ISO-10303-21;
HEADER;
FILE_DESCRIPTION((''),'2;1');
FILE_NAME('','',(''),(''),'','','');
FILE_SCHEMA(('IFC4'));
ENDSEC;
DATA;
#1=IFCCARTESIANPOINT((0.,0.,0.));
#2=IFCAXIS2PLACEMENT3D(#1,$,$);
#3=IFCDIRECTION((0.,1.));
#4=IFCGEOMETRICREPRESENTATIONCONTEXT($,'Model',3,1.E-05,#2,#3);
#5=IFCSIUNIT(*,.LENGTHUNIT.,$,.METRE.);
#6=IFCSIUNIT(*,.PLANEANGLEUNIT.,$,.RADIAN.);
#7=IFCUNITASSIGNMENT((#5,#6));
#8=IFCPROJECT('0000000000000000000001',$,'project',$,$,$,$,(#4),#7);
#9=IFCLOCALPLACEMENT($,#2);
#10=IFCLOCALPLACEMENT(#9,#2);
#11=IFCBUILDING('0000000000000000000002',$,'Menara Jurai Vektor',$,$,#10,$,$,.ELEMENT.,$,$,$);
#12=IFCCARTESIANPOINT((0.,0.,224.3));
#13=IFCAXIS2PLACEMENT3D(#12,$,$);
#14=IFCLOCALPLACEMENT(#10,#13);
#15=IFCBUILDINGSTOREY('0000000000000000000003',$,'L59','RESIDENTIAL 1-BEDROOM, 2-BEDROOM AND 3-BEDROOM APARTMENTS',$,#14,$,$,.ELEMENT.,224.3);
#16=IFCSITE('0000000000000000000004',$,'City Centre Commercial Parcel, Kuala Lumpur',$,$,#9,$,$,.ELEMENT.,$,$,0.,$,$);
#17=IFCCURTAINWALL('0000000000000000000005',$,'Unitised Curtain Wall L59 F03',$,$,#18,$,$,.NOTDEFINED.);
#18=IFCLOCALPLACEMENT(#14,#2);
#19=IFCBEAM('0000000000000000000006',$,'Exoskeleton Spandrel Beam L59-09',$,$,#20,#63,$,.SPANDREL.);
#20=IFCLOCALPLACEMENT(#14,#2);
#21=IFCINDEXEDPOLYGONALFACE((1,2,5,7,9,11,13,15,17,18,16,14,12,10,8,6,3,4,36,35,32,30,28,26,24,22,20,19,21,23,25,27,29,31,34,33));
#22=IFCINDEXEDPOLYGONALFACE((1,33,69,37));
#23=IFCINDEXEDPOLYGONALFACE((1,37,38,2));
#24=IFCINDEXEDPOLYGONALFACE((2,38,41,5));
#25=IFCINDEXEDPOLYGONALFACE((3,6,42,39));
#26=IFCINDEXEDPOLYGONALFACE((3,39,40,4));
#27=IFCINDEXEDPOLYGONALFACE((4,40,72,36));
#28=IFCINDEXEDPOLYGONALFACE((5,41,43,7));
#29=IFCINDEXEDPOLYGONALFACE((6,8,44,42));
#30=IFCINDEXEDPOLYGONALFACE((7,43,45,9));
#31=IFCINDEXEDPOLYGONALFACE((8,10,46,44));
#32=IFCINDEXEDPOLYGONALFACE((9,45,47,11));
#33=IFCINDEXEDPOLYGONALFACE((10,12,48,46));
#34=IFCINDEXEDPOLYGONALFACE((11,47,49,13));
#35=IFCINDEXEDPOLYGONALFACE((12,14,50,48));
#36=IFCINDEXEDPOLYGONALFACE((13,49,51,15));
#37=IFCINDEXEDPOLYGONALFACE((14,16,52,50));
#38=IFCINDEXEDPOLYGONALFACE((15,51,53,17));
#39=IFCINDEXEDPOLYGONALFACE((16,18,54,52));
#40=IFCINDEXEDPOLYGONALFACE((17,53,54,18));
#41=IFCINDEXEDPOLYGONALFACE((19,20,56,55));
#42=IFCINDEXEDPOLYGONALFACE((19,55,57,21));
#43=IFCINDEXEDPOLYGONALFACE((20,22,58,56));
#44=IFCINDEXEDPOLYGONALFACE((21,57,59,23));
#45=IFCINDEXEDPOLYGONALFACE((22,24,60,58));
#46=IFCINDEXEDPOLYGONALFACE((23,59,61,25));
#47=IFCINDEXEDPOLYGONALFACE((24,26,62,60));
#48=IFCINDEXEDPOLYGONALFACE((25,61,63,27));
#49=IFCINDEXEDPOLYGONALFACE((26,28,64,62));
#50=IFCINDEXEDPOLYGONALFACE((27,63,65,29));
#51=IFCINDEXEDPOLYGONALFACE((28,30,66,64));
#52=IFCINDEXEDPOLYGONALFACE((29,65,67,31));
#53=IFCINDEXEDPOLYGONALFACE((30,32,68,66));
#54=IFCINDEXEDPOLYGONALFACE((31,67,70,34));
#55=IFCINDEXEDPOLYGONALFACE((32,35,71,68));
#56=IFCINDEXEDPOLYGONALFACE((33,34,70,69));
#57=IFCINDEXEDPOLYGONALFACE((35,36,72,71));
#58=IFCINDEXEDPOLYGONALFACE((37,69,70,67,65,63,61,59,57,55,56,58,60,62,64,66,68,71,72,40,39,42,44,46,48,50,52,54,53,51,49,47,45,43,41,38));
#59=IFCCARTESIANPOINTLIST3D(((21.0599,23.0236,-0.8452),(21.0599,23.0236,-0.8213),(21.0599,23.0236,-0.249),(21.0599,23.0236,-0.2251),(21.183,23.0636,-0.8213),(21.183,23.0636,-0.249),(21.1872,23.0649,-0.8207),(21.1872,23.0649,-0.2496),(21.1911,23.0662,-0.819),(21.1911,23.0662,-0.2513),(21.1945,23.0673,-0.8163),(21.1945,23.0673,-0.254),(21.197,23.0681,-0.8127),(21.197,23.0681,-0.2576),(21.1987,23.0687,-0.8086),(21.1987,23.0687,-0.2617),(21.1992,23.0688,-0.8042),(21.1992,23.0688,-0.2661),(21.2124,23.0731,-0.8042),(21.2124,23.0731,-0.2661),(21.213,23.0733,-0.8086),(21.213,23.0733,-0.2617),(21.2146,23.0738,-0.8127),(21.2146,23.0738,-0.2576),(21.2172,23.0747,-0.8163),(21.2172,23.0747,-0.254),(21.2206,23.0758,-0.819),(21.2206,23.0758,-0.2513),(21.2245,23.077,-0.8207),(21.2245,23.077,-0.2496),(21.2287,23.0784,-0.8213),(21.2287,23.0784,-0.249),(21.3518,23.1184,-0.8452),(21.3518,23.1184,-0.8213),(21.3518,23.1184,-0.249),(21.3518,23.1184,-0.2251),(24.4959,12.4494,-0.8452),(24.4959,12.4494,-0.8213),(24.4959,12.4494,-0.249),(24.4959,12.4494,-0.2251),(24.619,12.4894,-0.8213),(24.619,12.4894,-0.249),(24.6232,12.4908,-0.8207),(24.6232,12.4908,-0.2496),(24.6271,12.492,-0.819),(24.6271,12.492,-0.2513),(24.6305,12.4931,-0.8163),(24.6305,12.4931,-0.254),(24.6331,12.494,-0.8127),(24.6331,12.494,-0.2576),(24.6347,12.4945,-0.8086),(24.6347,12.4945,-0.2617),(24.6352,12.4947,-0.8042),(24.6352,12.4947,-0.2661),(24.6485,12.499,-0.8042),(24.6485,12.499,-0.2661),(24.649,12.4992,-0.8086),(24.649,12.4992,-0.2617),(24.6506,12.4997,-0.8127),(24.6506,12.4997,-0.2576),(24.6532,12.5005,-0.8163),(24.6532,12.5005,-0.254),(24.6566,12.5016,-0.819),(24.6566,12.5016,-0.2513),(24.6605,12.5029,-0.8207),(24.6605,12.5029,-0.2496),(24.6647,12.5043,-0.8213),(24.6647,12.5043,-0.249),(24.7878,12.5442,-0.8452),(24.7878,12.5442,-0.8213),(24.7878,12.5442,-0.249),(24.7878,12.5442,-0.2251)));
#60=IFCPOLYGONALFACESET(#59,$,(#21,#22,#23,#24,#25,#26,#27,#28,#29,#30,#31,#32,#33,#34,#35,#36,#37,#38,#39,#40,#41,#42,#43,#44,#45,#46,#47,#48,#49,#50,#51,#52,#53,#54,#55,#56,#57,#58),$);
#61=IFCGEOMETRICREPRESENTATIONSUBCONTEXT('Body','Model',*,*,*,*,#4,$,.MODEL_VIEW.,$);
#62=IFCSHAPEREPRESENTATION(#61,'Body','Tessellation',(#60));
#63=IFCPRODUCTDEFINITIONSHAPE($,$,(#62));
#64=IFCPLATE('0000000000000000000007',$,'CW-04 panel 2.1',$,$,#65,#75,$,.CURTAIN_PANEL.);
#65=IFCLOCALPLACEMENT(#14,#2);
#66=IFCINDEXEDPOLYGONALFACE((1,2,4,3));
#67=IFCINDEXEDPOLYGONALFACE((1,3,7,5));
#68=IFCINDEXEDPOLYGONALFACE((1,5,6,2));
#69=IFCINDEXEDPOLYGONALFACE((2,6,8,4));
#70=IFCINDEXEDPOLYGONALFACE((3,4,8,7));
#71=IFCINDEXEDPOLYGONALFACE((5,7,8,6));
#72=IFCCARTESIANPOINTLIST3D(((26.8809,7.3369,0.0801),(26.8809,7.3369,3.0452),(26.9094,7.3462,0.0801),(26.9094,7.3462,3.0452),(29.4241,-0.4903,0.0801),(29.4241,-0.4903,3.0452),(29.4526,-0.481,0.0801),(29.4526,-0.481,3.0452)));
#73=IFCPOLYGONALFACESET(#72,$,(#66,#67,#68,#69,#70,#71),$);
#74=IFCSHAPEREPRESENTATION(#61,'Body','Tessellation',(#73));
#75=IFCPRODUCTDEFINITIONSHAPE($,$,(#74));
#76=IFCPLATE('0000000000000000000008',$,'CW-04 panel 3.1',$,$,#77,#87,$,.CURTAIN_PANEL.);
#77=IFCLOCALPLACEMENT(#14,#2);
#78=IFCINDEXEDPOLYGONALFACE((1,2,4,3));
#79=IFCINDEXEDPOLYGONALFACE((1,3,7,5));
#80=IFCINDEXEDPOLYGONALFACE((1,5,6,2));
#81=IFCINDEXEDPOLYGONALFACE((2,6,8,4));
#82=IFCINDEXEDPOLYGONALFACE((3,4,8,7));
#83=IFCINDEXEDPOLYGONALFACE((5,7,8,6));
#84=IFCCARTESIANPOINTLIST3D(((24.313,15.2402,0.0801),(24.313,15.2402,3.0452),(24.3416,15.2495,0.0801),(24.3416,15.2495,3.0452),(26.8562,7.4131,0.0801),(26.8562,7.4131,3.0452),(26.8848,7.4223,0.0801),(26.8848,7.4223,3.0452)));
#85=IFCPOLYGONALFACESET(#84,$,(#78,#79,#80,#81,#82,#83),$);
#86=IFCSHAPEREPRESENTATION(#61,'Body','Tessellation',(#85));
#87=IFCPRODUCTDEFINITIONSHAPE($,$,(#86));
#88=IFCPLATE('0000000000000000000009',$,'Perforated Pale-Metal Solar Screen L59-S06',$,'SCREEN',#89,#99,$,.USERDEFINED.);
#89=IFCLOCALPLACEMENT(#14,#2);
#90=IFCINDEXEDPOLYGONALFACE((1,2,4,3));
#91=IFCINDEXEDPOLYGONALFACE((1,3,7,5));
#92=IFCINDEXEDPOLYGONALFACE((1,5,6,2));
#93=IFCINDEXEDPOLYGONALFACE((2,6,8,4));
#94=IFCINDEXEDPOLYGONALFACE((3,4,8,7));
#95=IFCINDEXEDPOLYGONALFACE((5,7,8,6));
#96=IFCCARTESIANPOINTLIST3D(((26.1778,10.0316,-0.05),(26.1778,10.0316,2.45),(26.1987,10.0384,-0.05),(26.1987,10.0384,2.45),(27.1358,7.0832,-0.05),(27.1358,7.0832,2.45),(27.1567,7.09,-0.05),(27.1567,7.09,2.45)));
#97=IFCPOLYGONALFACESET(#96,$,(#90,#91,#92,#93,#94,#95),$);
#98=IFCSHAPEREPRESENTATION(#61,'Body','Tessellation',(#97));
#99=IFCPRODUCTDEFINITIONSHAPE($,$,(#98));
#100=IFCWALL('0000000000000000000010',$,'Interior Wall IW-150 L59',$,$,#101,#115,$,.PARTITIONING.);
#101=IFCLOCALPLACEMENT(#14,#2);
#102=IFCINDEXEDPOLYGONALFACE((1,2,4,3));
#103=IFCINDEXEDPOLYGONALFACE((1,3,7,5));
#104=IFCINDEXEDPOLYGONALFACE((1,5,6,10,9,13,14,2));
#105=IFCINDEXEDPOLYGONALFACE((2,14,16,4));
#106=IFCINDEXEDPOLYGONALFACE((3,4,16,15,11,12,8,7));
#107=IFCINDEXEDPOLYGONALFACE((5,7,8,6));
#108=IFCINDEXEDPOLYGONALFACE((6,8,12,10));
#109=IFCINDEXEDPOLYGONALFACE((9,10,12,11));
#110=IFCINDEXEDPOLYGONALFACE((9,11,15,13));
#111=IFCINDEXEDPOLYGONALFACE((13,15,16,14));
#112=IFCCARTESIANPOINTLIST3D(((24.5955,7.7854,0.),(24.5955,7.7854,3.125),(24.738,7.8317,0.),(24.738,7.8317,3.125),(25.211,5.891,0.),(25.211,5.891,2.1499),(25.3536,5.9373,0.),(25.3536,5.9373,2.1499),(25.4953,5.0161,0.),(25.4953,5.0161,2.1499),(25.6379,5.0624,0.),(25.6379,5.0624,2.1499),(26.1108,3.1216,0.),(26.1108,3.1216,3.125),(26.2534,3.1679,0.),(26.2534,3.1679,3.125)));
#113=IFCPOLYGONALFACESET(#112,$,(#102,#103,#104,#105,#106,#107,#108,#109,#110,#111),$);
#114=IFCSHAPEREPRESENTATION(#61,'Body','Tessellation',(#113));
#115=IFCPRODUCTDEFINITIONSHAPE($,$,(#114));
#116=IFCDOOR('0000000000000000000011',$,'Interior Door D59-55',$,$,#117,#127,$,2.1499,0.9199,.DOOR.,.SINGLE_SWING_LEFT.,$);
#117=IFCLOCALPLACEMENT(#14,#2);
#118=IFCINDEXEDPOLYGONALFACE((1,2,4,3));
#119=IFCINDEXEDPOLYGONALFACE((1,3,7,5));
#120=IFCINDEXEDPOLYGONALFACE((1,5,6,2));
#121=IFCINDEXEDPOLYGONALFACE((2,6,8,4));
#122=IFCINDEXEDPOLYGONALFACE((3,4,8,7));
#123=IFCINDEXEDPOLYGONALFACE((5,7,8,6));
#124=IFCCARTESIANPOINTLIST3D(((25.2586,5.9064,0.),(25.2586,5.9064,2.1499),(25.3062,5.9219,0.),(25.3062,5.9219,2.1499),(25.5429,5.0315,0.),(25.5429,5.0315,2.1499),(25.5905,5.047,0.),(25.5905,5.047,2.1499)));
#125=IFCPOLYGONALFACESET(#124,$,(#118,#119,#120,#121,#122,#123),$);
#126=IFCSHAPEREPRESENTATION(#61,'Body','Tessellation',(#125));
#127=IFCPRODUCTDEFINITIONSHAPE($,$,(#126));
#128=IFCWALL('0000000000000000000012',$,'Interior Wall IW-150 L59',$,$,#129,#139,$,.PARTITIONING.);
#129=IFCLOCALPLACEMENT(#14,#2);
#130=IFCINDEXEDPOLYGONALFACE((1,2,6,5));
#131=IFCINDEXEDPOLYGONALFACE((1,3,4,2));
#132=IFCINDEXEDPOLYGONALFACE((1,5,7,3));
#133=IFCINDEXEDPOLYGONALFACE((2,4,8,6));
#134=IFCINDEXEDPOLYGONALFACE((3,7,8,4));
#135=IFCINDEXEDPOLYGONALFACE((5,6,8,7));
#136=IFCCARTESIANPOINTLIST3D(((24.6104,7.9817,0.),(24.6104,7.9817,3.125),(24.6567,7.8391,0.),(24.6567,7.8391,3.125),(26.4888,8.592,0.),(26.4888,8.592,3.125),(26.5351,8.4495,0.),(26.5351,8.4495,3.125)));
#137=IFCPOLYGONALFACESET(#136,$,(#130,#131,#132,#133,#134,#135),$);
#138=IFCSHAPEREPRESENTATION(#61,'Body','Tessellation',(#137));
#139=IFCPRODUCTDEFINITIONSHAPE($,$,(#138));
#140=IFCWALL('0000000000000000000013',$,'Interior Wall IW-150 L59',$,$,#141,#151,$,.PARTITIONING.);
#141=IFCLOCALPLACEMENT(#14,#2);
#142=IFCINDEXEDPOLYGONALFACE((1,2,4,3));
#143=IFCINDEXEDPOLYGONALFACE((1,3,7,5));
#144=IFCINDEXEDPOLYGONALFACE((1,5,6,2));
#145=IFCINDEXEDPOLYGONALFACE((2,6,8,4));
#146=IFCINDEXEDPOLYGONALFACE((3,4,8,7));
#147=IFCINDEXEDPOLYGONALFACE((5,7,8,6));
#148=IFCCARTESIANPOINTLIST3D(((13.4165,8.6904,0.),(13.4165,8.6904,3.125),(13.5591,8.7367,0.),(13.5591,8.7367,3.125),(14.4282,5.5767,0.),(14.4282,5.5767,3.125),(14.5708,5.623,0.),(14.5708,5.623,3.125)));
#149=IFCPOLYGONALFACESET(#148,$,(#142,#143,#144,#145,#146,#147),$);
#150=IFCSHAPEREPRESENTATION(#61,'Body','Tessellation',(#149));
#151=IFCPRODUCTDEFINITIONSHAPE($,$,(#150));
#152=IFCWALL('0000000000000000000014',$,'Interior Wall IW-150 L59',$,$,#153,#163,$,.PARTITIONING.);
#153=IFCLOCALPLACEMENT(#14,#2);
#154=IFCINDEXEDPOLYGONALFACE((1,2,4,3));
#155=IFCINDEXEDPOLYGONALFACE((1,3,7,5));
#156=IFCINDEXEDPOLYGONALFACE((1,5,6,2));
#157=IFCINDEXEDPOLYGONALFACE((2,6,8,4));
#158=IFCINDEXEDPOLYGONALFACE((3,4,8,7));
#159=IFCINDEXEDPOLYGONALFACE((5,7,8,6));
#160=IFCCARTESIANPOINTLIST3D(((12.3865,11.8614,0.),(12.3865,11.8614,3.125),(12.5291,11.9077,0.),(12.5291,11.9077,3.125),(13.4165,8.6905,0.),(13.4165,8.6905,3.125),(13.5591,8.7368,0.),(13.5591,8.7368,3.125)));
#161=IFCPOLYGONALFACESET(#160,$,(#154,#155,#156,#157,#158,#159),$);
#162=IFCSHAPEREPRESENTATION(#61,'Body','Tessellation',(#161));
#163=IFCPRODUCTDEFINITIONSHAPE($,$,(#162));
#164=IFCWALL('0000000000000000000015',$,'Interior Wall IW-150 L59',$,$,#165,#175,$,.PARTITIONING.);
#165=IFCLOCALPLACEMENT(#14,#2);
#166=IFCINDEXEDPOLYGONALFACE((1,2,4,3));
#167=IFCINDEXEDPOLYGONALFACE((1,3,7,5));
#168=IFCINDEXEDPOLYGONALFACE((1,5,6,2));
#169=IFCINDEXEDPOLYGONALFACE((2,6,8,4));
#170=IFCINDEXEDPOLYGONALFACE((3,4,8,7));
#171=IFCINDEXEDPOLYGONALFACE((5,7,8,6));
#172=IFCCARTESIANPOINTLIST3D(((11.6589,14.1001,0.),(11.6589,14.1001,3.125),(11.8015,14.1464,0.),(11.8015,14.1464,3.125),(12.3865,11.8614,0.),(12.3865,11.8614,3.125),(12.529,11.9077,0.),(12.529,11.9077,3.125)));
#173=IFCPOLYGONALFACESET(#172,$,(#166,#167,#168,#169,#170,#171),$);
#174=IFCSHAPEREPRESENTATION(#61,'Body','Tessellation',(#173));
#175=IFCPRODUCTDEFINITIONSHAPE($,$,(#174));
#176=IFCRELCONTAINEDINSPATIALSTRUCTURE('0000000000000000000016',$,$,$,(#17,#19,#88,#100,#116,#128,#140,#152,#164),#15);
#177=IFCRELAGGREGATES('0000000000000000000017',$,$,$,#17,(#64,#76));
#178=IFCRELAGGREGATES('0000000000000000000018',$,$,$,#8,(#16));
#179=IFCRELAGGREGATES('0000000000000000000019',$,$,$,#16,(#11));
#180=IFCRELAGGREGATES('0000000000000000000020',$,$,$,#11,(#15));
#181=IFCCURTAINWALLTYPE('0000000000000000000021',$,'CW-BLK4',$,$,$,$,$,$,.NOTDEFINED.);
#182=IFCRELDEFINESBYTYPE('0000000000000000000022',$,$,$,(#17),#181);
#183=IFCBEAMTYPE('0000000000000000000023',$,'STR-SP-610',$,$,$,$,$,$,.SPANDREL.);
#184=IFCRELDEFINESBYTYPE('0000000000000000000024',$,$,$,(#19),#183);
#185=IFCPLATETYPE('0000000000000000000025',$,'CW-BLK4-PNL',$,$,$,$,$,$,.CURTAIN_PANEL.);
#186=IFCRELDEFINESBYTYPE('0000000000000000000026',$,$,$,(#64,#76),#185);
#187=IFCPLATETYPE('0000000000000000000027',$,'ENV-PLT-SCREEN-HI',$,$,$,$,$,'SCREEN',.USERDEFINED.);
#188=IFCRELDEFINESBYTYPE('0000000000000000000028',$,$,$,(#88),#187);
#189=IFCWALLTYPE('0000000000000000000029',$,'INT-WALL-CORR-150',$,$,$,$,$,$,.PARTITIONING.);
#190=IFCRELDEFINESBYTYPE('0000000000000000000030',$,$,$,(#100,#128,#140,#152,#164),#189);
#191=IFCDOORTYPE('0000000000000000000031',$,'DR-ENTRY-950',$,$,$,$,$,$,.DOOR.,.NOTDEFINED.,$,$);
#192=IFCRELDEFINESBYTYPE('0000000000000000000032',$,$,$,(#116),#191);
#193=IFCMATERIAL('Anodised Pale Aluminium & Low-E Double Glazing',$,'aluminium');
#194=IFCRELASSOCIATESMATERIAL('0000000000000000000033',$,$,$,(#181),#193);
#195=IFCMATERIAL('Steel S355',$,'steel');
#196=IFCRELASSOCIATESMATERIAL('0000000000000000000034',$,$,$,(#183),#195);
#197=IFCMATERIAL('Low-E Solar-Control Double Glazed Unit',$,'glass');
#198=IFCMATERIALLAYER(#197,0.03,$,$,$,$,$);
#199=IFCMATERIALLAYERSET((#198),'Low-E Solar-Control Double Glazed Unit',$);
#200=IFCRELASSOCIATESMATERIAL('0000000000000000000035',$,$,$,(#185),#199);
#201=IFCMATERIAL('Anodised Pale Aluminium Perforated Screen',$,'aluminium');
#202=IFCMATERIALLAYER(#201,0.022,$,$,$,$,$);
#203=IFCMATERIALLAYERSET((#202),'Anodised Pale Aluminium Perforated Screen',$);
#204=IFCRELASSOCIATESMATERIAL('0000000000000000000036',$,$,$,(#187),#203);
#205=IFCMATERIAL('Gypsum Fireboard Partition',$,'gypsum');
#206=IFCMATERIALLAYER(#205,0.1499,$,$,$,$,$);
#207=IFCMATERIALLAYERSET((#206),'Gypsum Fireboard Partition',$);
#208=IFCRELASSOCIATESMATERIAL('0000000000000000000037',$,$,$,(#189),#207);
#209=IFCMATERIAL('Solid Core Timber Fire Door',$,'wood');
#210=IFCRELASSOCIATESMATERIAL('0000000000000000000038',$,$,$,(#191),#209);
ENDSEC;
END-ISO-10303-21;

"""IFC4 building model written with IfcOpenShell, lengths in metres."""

from ifc_helpers import new_model, si_unit, direction, frame, frame_2d, origin, origin_2d, place, context, subcontext, project, spatial, rectangle, i_section, extrude, material, layer, layer_set, material_profile, profile_set, type_object, element, fill, aggregate, save


model = new_model("IFC4")

# Units and contexts
model_context = context("Model", 3, precision=1e-05, world=origin(), true_north=direction((0.0, 1.0)))
body_context = subcontext(model_context, "Body", "Model", "MODEL_VIEW")
ifc_project = project(units=[si_unit("LENGTHUNIT", "METRE"), si_unit("PLANEANGLEUNIT", "RADIAN")], contexts=[model_context])

# Site, building, storey
site_placement = place(None, origin())
site = spatial("IfcSite", under=ifc_project, at=site_placement, Name="City Centre Commercial Parcel, Kuala Lumpur", CompositionType="ELEMENT", RefElevation=0.0)
building_placement = place(site_placement, origin())
building = spatial("IfcBuilding", under=site, at=building_placement, Name="Menara Jurai Vektor", CompositionType="ELEMENT")
storey_placement = place(building_placement, frame((0.0, 0.0, 224.3)))
storey = spatial("IfcBuildingStorey", under=building, at=storey_placement, Name="L59", Description="RESIDENTIAL 1-BEDROOM, 2-BEDROOM AND 3-BEDROOM APARTMENTS", CompositionType="ELEMENT", Elevation=224.3)

# Curtain wall
ifc_material_1 = material(Name="Anodised Pale Aluminium & Low-E Double Glazing", Category="aluminium")
curtain_wall_type = type_object("IfcCurtainWallType", Name="CW-BLK4", PredefinedType="NOTDEFINED", material=ifc_material_1)
curtain_wall_placement = place(storey_placement, origin())
curtain_wall = element("IfcCurtainWall", 1, at=curtain_wall_placement, inside=storey, type_object=curtain_wall_type, Name="Unitised Curtain Wall L59 F03", PredefinedType="NOTDEFINED")

# Beam
ifc_material_2 = material(Name="Steel S355", Category="steel")
ifc_material_profile_1 = material_profile(ifc_material_2, i_section(OverallWidth=0.3069, OverallDepth=0.6201, WebThickness=0.0139, FlangeThickness=0.0239, FilletRadius=0.0171, at=origin_2d()), Name="UKB 610x305x179")
ifc_profile_set_1 = profile_set([ifc_material_profile_1], Name="Steel S355")
beam_type_1 = type_object("IfcBeamType", Name="STR-SP-610", PredefinedType="SPANDREL", material=ifc_profile_set_1)
beam_1_placement = place(storey_placement, frame((24.6418, 12.4968, -0.5352), z_axis=(-0.309038, 0.95105, 0.0), x_axis=(-0.95105, -0.309038, 0.0)))
element("IfcBeam", 2, at=beam_1_placement, inside=storey, type_object=beam_type_1, Name="Exoskeleton Spandrel Beam L59-09", PredefinedType="SPANDREL", context=body_context, shape_type="SweptSolid", body=[
    extrude(i_section(OverallWidth=0.3069, OverallDepth=0.6201, WebThickness=0.0139, FlangeThickness=0.0239, FilletRadius=0.0171, at=origin_2d()), origin(), (0.0, 0.0, 1.0), 11.1184),
])

# Plates
ifc_material_3 = material(Name="Low-E Solar-Control Double Glazed Unit", Category="glass")
ifc_layer_1 = layer(ifc_material_3, 0.03)
ifc_layer_set_1 = layer_set([ifc_layer_1], Name="Low-E Solar-Control Double Glazed Unit")
plate_type_1 = type_object("IfcPlateType", Name="CW-BLK4-PNL", PredefinedType="CURTAIN_PANEL", material=ifc_layer_set_1)
plate_1_placement = place(storey_placement, frame((28.1667, 3.428, 0.0801), z_axis=(0.0, 0.0, 1.0), x_axis=(-0.309016, 0.951057, 0.0)))
plate_1 = element("IfcPlate", 3, at=plate_1_placement, type_object=plate_type_1, Name="CW-04 panel 2.1", PredefinedType="CURTAIN_PANEL", context=body_context, shape_type="SweptSolid", body=[
    extrude(rectangle(XDim=8.23, YDim=0.03, at=origin_2d()), origin(), (0.0, 0.0, 1.0), 2.9651),
])
plate_2_placement = place(storey_placement, frame((25.5989, 11.3313, 0.0801), z_axis=(0.0, 0.0, 1.0), x_axis=(-0.309016, 0.951057, 0.0)))
plate_2 = element("IfcPlate", 4, at=plate_2_placement, type_object=plate_type_1, Name="CW-04 panel 3.1", PredefinedType="CURTAIN_PANEL", context=body_context, shape_type="SweptSolid", body=[
    extrude(rectangle(XDim=8.23, YDim=0.03, at=origin_2d()), origin(), (0.0, 0.0, 1.0), 2.9651),
])
aggregate(curtain_wall, [plate_1, plate_2])
ifc_material_4 = material(Name="Anodised Pale Aluminium Perforated Screen", Category="aluminium")
ifc_layer_2 = layer(ifc_material_4, 0.022)
ifc_layer_set_2 = layer_set([ifc_layer_2], Name="Anodised Pale Aluminium Perforated Screen")
plate_type_2 = type_object("IfcPlateType", Name="ENV-PLT-SCREEN-HI", ElementType="SCREEN", PredefinedType="USERDEFINED", material=ifc_layer_set_2)
plate_3_placement = place(storey_placement, frame((26.6672, 8.5608, -0.05), z_axis=(0.0, 0.0, 1.0), x_axis=(-0.309017, 0.951057, 0.0)))
element("IfcPlate", 5, at=plate_3_placement, inside=storey, type_object=plate_type_2, Name="Perforated Pale-Metal Solar Screen L59-S06", ObjectType="SCREEN", PredefinedType="USERDEFINED", context=body_context, shape_type="SweptSolid", body=[
    extrude(rectangle(XDim=3.1001, YDim=0.022, at=origin_2d()), origin(), (0.0, 0.0, 1.0), 2.5),
])

# Wall, opening, door
ifc_material_5 = material(Name="Gypsum Fireboard Partition", Category="gypsum")
ifc_layer_3 = layer(ifc_material_5, 0.1499)
ifc_layer_set_3 = layer_set([ifc_layer_3], Name="Gypsum Fireboard Partition")
wall_type = type_object("IfcWallType", Name="INT-WALL-CORR-150", PredefinedType="PARTITIONING", material=ifc_layer_set_3)
wall_1_placement = place(storey_placement, frame((26.1821, 3.1448, 0.0), z_axis=(0.0, 0.0, 1.0), x_axis=(-0.30902, 0.951056, 0.0)))
wall_1 = element("IfcWall", 6, at=wall_1_placement, inside=storey, type_object=wall_type, Name="Interior Wall IW-150 L59", PredefinedType="PARTITIONING", context=body_context, shape_type="SweptSolid", body=[
    extrude(rectangle(XDim=4.9038, YDim=0.1499, at=frame_2d((2.4519, 0.0))), origin(), (0.0, 0.0, 1.0), 3.125),
])
opening_1_placement = place(wall_1_placement, frame((1.9919, 0.0, 0.0)))
opening_1 = element("IfcOpeningElement", 7, at=opening_1_placement, cuts=wall_1, PredefinedType="OPENING", context=body_context, shape_type="SweptSolid", body=[
    extrude(rectangle(XDim=0.9199, YDim=2.1499, at=frame_2d((0.46, 1.075))), frame((0.0, 0.085, 0.0), z_axis=(0.0, -1.0, 0.0), x_axis=(1.0, 0.0, 0.0)), (0.0, 0.0, 1.0), 0.1699),
])
ifc_material_6 = material(Name="Solid Core Timber Fire Door", Category="wood")
door_type = type_object("IfcDoorType", Name="DR-ENTRY-950", OperationType="NOTDEFINED", PredefinedType="DOOR", material=ifc_material_6)
door_1_placement = place(opening_1_placement, origin())
door_1 = element("IfcDoor", 8, at=door_1_placement, inside=storey, type_object=door_type, Name="Interior Door D59-55", OperationType="SINGLE_SWING_LEFT", OverallHeight=2.1499, OverallWidth=0.9199, PredefinedType="DOOR", context=body_context, shape_type="SweptSolid", body=[
    extrude(rectangle(XDim=0.9199, YDim=2.1499, at=frame_2d((0.46, 1.075))), frame((0.0, 0.0249, 0.0), z_axis=(0.0, -1.0, 0.0), x_axis=(1.0, 0.0, 0.0)), (0.0, 0.0, 1.0), 0.05),
])
fill(opening_1, door_1)

# Walls
wall_2_placement = place(storey_placement, frame((24.6335, 7.9104, 0.0), z_axis=(0.0, 0.0, 1.0), x_axis=(0.951054, 0.309025, 0.0)))
element("IfcWall", 9, at=wall_2_placement, inside=storey, type_object=wall_type, Name="Interior Wall IW-150 L59", PredefinedType="PARTITIONING", context=body_context, shape_type="SweptSolid", body=[
    extrude(rectangle(XDim=1.9751, YDim=0.1499, at=frame_2d((0.9875, 0.0))), origin(), (0.0, 0.0, 1.0), 3.125),
])
wall_3_placement = place(storey_placement, frame((14.4995, 5.5999, 0.0), z_axis=(0.0, 0.0, 1.0), x_axis=(-0.309015, 0.951057, 0.0)))
element("IfcWall", 10, at=wall_3_placement, inside=storey, type_object=wall_type, Name="Interior Wall IW-150 L59", PredefinedType="PARTITIONING", context=body_context, shape_type="SweptSolid", body=[
    extrude(rectangle(XDim=3.2739, YDim=0.1499, at=frame_2d((1.637, 0.0))), origin(), (0.0, 0.0, 1.0), 3.125),
])
wall_4_placement = place(storey_placement, frame((13.4878, 8.7136, 0.0), z_axis=(0.0, 0.0, 1.0), x_axis=(-0.308947, 0.951079, 0.0)))
element("IfcWall", 11, at=wall_4_placement, inside=storey, type_object=wall_type, Name="Interior Wall IW-150 L59", PredefinedType="PARTITIONING", context=body_context, shape_type="SweptSolid", body=[
    extrude(rectangle(XDim=3.334, YDim=0.1499, at=frame_2d((1.667, 0.0))), origin(), (0.0, 0.0, 1.0), 3.125),
])
wall_5_placement = place(storey_placement, frame((12.4578, 11.8845, 0.0), z_axis=(0.0, 0.0, 1.0), x_axis=(-0.309063, 0.951042, 0.0)))
element("IfcWall", 12, at=wall_5_placement, inside=storey, type_object=wall_type, Name="Interior Wall IW-150 L59", PredefinedType="PARTITIONING", context=body_context, shape_type="SweptSolid", body=[
    extrude(rectangle(XDim=2.354, YDim=0.1499, at=frame_2d((1.177, 0.0))), origin(), (0.0, 0.0, 1.0), 3.125),
])

save(model, "model.ifc")
